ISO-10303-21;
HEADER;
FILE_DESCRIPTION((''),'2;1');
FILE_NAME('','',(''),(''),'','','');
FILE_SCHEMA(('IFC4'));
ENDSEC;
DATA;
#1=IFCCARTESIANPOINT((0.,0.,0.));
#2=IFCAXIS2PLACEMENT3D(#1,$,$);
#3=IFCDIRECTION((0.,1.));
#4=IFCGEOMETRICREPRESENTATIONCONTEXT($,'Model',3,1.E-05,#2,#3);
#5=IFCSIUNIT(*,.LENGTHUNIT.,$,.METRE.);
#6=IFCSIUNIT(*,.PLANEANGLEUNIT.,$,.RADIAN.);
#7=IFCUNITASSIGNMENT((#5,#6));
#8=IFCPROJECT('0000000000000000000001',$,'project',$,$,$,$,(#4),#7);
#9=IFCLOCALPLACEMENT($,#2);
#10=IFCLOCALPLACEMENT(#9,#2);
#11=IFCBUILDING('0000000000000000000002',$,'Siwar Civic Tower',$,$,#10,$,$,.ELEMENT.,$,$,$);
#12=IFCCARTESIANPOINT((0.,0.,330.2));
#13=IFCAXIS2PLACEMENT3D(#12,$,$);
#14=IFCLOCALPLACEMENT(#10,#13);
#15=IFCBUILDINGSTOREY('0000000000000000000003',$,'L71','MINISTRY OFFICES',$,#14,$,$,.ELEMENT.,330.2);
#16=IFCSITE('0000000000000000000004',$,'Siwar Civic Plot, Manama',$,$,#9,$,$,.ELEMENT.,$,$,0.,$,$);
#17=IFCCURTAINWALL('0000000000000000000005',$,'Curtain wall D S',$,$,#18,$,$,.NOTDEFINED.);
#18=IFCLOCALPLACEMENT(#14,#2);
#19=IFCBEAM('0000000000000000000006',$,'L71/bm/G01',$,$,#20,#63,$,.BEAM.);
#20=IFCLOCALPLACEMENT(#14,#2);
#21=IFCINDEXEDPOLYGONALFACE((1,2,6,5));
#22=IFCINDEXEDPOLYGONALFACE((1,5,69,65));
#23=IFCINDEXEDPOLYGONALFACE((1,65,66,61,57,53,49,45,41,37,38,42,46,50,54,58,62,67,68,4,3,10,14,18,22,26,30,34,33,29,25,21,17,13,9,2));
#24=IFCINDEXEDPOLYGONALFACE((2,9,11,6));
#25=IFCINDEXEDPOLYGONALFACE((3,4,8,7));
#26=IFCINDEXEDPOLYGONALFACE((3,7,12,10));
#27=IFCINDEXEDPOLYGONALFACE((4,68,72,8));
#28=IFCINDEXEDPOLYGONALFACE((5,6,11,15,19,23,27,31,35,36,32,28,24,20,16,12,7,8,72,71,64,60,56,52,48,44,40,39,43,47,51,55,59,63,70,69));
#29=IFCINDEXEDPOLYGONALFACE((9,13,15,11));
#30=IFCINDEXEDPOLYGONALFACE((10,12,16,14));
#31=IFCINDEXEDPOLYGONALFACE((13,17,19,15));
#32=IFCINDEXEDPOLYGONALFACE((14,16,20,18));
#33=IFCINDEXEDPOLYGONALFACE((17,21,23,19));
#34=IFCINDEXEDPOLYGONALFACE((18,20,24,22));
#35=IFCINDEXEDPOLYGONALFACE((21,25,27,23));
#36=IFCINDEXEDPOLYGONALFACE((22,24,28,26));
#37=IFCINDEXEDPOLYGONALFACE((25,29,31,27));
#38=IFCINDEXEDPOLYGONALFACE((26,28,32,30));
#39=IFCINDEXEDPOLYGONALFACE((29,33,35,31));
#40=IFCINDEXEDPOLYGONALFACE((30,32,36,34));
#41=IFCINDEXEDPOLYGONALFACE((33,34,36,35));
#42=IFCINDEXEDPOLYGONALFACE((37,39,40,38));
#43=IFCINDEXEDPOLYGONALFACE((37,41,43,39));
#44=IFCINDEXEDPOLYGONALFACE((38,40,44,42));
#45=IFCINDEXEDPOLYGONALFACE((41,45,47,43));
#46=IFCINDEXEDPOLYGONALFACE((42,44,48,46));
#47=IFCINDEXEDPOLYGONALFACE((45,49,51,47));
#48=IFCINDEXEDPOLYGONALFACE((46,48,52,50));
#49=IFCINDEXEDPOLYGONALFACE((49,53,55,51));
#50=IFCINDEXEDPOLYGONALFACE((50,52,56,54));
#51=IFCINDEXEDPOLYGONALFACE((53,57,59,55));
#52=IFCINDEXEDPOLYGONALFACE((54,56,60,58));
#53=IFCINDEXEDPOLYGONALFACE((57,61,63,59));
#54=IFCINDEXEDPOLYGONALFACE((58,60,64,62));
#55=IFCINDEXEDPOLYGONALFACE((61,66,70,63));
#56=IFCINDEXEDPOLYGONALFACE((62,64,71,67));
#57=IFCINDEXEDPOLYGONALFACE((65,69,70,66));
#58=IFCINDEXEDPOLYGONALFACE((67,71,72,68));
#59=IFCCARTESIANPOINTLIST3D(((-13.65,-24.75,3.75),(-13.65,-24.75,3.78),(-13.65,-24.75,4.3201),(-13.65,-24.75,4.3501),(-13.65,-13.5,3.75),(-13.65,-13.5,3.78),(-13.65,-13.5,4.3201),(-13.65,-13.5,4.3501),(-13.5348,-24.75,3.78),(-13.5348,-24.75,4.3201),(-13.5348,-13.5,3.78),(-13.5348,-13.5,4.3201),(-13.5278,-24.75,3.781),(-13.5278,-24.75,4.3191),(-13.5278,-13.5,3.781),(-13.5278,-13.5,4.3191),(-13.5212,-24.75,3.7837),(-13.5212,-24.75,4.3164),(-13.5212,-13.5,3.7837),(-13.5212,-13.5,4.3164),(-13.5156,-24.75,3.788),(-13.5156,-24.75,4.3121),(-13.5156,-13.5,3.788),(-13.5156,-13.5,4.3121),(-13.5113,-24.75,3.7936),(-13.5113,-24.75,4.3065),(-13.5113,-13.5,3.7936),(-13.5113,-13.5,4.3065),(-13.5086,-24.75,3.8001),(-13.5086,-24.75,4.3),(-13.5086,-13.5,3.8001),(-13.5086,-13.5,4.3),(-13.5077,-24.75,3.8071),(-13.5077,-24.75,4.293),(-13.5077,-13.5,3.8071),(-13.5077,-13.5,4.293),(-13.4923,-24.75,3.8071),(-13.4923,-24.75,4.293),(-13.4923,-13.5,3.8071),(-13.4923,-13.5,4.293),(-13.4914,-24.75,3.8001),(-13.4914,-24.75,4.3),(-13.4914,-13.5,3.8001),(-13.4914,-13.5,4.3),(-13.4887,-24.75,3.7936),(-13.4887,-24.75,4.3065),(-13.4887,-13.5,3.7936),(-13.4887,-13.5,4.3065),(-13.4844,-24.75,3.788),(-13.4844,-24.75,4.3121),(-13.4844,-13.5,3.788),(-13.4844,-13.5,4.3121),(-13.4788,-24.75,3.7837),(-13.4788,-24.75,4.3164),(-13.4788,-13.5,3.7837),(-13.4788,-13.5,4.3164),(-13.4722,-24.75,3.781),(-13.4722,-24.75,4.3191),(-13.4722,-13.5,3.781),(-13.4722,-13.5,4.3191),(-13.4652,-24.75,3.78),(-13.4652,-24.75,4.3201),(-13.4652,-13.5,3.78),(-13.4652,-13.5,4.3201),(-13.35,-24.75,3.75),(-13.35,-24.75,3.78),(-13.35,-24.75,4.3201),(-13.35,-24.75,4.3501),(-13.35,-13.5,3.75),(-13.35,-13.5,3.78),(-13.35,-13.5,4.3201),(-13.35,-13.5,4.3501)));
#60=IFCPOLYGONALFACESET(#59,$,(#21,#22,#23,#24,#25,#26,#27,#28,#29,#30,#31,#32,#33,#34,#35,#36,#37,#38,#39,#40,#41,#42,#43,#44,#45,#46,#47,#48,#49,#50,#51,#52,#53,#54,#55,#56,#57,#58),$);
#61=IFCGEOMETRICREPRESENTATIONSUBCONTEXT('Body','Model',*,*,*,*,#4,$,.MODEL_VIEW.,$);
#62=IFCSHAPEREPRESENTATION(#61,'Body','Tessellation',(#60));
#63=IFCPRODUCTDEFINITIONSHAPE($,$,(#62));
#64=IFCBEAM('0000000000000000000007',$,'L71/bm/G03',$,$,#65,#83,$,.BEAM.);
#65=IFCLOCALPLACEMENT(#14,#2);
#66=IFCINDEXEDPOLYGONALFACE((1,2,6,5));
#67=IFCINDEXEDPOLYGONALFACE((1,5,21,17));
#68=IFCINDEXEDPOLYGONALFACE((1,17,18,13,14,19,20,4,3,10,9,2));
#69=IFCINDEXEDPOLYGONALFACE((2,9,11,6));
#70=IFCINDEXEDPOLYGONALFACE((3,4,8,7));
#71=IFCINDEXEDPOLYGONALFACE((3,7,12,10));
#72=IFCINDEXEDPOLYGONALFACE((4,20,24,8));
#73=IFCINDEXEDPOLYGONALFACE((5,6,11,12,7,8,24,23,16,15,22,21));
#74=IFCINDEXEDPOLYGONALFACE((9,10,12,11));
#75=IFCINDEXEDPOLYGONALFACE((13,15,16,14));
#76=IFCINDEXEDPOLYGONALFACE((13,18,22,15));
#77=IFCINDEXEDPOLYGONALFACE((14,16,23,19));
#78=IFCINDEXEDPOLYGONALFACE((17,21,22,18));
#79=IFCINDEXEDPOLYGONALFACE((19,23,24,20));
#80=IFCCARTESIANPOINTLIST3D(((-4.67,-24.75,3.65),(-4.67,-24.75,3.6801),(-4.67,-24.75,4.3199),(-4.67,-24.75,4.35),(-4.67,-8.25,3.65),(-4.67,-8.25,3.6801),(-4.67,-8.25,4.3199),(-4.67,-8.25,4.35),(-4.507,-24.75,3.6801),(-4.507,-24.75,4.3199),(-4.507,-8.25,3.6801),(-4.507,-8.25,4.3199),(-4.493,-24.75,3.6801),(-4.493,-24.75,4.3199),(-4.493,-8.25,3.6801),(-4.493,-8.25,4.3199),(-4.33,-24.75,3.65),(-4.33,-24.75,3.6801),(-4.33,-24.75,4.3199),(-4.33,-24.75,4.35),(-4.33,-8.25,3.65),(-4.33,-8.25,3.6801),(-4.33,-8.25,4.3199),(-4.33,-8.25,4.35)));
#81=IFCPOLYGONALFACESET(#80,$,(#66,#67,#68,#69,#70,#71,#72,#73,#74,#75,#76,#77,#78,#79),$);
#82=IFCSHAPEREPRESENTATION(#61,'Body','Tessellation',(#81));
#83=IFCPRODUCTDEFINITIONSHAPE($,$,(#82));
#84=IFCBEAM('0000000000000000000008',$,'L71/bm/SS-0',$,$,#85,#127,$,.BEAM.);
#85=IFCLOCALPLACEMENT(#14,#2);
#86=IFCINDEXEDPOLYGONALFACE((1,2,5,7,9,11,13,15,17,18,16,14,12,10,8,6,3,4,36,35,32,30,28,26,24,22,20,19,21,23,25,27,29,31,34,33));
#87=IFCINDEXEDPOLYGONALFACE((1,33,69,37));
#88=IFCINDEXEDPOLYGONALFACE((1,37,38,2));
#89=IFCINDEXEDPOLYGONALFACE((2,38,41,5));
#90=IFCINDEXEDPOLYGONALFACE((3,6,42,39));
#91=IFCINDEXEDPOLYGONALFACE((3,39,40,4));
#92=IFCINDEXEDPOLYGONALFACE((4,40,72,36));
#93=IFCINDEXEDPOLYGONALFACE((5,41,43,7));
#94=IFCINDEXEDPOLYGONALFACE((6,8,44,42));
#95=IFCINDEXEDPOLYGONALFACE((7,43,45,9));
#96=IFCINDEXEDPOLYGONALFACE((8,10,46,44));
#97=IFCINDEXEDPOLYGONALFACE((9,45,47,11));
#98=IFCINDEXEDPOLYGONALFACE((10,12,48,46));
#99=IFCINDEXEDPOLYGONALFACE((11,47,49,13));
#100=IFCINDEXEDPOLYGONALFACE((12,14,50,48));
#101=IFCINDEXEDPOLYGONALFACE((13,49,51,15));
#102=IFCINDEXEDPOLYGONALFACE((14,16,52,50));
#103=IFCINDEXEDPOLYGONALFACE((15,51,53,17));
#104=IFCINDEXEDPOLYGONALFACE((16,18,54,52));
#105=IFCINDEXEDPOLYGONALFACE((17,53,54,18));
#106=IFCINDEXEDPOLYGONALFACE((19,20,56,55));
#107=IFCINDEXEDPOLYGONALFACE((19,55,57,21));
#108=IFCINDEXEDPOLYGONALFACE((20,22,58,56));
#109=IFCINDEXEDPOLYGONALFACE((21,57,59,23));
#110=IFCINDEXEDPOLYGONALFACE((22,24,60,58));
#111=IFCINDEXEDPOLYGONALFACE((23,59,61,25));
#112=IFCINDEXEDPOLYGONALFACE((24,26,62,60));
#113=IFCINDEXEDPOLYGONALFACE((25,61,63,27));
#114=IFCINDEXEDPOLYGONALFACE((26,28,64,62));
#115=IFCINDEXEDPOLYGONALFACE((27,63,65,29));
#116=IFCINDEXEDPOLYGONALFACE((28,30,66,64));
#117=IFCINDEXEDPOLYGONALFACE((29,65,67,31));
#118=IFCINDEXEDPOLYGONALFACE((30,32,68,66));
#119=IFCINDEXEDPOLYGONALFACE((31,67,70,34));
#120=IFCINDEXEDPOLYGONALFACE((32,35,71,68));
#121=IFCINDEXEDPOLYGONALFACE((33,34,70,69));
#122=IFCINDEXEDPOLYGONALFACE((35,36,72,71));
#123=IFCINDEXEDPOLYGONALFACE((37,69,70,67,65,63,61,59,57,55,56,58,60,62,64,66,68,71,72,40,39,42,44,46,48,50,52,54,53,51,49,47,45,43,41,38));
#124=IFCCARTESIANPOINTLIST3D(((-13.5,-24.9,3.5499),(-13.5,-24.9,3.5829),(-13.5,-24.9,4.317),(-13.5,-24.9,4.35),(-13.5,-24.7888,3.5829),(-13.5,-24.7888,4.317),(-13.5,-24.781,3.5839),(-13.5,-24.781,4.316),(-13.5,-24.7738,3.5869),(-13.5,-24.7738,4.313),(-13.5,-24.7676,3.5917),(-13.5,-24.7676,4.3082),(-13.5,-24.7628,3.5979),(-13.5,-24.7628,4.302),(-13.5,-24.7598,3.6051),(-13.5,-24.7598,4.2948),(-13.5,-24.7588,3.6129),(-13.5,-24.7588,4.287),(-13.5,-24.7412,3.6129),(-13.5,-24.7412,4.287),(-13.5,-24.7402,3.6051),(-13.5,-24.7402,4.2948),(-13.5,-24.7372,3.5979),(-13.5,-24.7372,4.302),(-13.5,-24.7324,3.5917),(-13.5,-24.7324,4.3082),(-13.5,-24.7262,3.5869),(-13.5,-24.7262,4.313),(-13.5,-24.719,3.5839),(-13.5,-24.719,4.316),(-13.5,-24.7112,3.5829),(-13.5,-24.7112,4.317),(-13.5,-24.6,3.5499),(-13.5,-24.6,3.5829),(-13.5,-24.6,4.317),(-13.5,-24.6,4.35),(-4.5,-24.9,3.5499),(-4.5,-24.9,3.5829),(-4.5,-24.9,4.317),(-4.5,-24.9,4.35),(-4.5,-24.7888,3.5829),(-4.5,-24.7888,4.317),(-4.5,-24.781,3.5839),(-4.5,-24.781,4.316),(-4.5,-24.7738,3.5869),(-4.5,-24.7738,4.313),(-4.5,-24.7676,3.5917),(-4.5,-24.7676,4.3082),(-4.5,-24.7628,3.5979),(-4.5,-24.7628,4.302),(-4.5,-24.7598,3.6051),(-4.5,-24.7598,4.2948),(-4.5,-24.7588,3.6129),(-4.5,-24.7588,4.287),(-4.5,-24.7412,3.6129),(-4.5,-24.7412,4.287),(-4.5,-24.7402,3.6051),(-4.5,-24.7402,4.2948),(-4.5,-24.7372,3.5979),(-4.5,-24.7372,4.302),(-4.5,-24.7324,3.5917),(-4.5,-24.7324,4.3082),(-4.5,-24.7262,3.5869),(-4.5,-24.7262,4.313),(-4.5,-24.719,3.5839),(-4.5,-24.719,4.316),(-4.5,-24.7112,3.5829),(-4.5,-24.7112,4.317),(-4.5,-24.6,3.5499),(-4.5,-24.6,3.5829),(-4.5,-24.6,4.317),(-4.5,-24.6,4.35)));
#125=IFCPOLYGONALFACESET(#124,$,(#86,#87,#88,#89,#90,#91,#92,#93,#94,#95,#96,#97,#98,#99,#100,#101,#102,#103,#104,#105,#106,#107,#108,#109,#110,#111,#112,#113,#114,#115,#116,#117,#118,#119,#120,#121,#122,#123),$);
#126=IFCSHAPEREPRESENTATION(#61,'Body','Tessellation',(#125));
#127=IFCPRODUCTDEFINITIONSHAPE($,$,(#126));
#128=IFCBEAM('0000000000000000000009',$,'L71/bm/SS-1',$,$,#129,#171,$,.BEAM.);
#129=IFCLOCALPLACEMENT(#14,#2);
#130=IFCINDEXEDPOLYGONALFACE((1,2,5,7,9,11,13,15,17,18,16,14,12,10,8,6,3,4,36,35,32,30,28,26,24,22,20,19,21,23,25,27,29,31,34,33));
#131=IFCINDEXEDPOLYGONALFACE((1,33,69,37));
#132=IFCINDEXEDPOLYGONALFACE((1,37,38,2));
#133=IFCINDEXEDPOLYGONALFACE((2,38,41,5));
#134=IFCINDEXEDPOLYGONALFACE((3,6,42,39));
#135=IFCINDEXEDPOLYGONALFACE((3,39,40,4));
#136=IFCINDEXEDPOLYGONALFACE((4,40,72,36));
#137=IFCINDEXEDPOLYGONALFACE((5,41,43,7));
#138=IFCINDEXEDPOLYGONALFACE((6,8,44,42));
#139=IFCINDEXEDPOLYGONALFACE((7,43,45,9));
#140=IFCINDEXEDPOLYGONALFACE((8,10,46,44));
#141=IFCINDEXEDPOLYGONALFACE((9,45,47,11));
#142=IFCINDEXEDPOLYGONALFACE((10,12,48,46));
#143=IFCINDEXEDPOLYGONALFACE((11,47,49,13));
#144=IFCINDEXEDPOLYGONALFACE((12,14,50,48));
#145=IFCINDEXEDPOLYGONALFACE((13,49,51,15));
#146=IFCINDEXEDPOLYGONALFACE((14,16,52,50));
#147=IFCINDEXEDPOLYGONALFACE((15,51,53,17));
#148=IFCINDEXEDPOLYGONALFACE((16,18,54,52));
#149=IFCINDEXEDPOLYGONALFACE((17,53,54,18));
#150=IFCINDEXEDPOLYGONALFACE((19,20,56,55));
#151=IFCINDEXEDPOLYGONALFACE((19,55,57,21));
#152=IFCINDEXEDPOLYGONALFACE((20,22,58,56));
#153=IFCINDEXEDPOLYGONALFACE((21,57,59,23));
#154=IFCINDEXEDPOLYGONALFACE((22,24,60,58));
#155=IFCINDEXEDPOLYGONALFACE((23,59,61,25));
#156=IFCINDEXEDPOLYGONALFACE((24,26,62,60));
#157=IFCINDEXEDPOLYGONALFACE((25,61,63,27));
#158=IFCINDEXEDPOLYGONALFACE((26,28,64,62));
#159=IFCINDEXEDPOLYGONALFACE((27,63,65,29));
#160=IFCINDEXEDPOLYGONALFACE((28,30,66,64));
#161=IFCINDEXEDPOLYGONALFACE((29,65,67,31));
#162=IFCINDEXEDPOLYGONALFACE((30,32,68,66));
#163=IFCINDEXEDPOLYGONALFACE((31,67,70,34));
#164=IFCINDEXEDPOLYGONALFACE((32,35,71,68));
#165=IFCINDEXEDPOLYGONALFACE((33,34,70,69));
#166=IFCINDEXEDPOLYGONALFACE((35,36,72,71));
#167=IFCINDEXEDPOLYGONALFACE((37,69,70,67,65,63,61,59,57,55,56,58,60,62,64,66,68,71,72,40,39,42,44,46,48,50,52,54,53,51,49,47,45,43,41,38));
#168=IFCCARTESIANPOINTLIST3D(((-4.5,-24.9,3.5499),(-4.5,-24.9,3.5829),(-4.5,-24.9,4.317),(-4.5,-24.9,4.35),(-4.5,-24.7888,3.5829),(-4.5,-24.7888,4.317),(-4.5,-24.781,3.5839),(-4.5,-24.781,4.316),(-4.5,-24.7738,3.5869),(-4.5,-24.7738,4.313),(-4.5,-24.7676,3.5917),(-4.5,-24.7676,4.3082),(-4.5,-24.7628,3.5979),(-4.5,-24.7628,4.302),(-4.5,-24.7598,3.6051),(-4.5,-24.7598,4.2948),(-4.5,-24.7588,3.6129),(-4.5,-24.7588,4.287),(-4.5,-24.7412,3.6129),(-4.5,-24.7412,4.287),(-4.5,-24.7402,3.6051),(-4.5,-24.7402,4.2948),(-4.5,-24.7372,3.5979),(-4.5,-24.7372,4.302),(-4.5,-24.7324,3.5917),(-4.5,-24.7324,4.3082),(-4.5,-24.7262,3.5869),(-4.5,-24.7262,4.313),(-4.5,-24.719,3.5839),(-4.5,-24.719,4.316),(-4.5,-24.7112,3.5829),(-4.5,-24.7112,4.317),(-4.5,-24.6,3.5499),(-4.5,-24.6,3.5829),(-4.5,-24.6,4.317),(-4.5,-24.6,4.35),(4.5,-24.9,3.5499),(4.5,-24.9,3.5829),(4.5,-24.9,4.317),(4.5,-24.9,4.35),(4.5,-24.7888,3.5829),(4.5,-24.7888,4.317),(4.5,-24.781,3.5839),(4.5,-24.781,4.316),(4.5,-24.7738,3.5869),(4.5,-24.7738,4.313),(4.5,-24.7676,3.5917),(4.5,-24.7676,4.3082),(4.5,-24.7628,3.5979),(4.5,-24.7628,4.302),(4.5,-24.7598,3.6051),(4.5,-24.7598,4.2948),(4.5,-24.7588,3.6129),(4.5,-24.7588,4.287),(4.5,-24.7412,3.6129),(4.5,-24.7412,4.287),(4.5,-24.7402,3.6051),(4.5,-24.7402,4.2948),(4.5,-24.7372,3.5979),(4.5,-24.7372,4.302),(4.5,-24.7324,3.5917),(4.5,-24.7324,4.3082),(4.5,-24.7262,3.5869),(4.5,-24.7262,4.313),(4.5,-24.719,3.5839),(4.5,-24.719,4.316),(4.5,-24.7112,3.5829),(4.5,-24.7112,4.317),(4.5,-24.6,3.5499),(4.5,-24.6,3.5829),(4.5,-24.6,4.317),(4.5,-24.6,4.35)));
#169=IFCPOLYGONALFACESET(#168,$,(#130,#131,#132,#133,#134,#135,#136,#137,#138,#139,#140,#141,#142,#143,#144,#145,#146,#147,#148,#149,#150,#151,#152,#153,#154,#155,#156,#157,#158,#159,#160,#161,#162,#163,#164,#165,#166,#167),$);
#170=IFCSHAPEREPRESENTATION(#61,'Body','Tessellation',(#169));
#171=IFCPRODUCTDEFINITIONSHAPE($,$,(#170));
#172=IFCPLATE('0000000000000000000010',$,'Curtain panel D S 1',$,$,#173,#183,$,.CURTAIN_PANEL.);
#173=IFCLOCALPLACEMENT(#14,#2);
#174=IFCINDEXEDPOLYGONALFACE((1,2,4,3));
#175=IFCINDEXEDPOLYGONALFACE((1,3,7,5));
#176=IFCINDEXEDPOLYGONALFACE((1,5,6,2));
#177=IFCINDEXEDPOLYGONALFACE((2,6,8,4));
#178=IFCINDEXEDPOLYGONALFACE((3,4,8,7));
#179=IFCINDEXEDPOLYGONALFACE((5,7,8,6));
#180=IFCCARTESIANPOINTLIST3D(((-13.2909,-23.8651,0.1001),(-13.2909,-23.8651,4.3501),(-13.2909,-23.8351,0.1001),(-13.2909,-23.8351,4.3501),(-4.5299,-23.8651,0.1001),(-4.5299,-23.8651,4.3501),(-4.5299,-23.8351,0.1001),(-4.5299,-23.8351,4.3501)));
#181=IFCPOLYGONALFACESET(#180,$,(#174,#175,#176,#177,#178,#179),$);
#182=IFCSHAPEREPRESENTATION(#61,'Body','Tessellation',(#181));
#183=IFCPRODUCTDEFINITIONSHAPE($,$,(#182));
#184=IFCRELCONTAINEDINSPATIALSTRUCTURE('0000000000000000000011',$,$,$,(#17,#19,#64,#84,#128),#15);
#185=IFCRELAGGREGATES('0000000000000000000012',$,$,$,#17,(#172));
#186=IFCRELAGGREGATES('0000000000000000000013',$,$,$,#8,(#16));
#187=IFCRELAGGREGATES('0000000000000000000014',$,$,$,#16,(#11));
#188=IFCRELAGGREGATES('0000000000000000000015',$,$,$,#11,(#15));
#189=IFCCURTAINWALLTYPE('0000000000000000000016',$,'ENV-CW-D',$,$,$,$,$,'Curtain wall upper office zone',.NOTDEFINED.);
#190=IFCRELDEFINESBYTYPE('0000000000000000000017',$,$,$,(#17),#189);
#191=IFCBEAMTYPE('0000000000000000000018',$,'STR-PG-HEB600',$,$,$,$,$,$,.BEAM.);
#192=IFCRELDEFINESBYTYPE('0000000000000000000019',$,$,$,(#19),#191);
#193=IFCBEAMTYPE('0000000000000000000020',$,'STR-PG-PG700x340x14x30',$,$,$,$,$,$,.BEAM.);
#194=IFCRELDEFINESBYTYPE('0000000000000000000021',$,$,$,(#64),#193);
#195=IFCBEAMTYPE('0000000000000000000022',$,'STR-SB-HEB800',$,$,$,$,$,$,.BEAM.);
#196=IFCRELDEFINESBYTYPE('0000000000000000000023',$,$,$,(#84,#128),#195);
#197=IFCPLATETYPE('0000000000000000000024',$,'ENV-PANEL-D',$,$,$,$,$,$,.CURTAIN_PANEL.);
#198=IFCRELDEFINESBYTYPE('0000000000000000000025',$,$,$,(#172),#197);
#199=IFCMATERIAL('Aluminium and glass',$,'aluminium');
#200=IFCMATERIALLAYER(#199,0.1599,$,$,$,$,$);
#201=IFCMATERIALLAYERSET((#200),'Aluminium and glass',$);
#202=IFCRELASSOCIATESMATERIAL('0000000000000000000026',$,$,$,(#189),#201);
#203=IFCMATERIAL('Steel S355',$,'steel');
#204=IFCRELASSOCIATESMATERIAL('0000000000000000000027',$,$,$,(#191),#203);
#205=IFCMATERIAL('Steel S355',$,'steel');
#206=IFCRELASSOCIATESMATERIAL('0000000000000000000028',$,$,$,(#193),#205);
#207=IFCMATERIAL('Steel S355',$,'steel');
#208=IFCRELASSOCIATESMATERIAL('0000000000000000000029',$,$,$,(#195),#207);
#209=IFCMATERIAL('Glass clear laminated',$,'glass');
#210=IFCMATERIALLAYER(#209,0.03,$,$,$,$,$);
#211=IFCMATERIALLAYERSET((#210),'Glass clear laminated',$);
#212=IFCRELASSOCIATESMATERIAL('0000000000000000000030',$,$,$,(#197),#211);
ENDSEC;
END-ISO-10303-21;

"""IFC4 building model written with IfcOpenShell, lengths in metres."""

from ifc_helpers import new_model, si_unit, direction, frame, origin, origin_2d, place, context, subcontext, project, spatial, rectangle, i_section, extrude, material, layer, layer_set, material_profile, profile_set, type_object, element, aggregate, save


model = new_model("IFC4")

# Units and contexts
model_context = context("Model", 3, precision=1e-05, world=origin(), true_north=direction((0.0, 1.0)))
body_context = subcontext(model_context, "Body", "Model", "MODEL_VIEW")
ifc_project = project(units=[si_unit("LENGTHUNIT", "METRE"), si_unit("PLANEANGLEUNIT", "RADIAN")], contexts=[model_context])

# Site, building, storey
site_placement = place(None, origin())
site = spatial("IfcSite", under=ifc_project, at=site_placement, Name="Siwar Civic Plot, Manama", CompositionType="ELEMENT", RefElevation=0.0)
building_placement = place(site_placement, origin())
building = spatial("IfcBuilding", under=site, at=building_placement, Name="Siwar Civic Tower", CompositionType="ELEMENT")
storey_placement = place(building_placement, frame((0.0, 0.0, 330.2)))
storey = spatial("IfcBuildingStorey", under=building, at=storey_placement, Name="L71", Description="MINISTRY OFFICES", CompositionType="ELEMENT", Elevation=330.2)

# Curtain wall
ifc_material_1 = material(Name="Aluminium and glass", Category="aluminium")
ifc_layer_1 = layer(ifc_material_1, 0.1599)
ifc_layer_set_1 = layer_set([ifc_layer_1], Name="Aluminium and glass")
curtain_wall_type = type_object("IfcCurtainWallType", Name="ENV-CW-D", ElementType="Curtain wall upper office zone", PredefinedType="NOTDEFINED", material=ifc_layer_set_1)
curtain_wall_placement = place(storey_placement, origin())
curtain_wall = element("IfcCurtainWall", 1, at=curtain_wall_placement, inside=storey, type_object=curtain_wall_type, Name="Curtain wall D S", PredefinedType="NOTDEFINED")

# Beams
ifc_material_2 = material(Name="Steel S355", Category="steel")
ifc_material_profile_1 = material_profile(ifc_material_2, i_section(OverallWidth=0.3, OverallDepth=0.6001, WebThickness=0.0154, FlangeThickness=0.03, FilletRadius=0.0271, at=origin_2d()), Name="HEB600")
ifc_profile_set_1 = profile_set([ifc_material_profile_1], Name="Steel S355")
beam_type_1 = type_object("IfcBeamType", Name="STR-PG-HEB600", PredefinedType="BEAM", material=ifc_profile_set_1)
beam_1_placement = place(storey_placement, frame((-13.5, -24.75, 4.05), z_axis=(0.0, 1.0, 0.0), x_axis=(-1.0, 0.0, 0.0)))
element("IfcBeam", 2, at=beam_1_placement, inside=storey, type_object=beam_type_1, Name="L71/bm/G01", PredefinedType="BEAM", context=body_context, shape_type="SweptSolid", body=[
    extrude(i_section(OverallWidth=0.3, OverallDepth=0.6001, WebThickness=0.0154, FlangeThickness=0.03, FilletRadius=0.0271, at=origin_2d()), origin(), (0.0, 0.0, 1.0), 11.25),
])
ifc_material_3 = material(Name="Steel S355", Category="steel")
ifc_material_profile_2 = material_profile(ifc_material_3, i_section(OverallWidth=0.3401, OverallDepth=0.7, WebThickness=0.0139, FlangeThickness=0.03, at=origin_2d()), Name="PG700x340x14x30")
ifc_profile_set_2 = profile_set([ifc_material_profile_2], Name="Steel S355")
beam_type_2 = type_object("IfcBeamType", Name="STR-PG-PG700x340x14x30", PredefinedType="BEAM", material=ifc_profile_set_2)
beam_2_placement = place(storey_placement, frame((-4.5, -24.75, 4.0), z_axis=(0.0, 1.0, 0.0), x_axis=(-1.0, 0.0, 0.0)))
element("IfcBeam", 3, at=beam_2_placement, inside=storey, type_object=beam_type_2, Name="L71/bm/G03", PredefinedType="BEAM", context=body_context, shape_type="SweptSolid", body=[
    extrude(i_section(OverallWidth=0.3401, OverallDepth=0.7, WebThickness=0.0139, FlangeThickness=0.03, at=origin_2d()), origin(), (0.0, 0.0, 1.0), 16.5),
])
ifc_material_4 = material(Name="Steel S355", Category="steel")
ifc_material_profile_3 = material_profile(ifc_material_4, i_section(OverallWidth=0.3, OverallDepth=0.8, WebThickness=0.0176, FlangeThickness=0.033, FilletRadius=0.03, at=origin_2d()), Name="HEB800")
ifc_profile_set_3 = profile_set([ifc_material_profile_3], Name="Steel S355")
beam_type_3 = type_object("IfcBeamType", Name="STR-SB-HEB800", PredefinedType="BEAM", material=ifc_profile_set_3)
for number, where, z_axis, x_axis, name in (
    (4, (-13.5, -24.75, 3.95), (1.0, 0.0, 0.0), (0.0, 1.0, 0.0), "L71/bm/SS-0"),
    (5, (-4.5, -24.75, 3.95), (1.0, 0.0, 0.0), (0.0, 1.0, 0.0), "L71/bm/SS-1"),
):
    element("IfcBeam", number, at=place(storey_placement, frame(where, z_axis=z_axis, x_axis=x_axis)), inside=storey, type_object=beam_type_3, Name=name, PredefinedType="BEAM", context=body_context, shape_type="SweptSolid", body=[
        extrude(i_section(OverallWidth=0.3, OverallDepth=0.8, WebThickness=0.0176, FlangeThickness=0.033, FilletRadius=0.03, at=origin_2d()), origin(), (0.0, 0.0, 1.0), 9.0),
    ])

# Plate
ifc_material_5 = material(Name="Glass clear laminated", Category="glass")
ifc_layer_2 = layer(ifc_material_5, 0.03)
ifc_layer_set_2 = layer_set([ifc_layer_2], Name="Glass clear laminated")
plate_type = type_object("IfcPlateType", Name="ENV-PANEL-D", PredefinedType="CURTAIN_PANEL", material=ifc_layer_set_2)
plate_placement = place(storey_placement, frame((-8.9104, -23.8501, 0.1001), z_axis=(0.0, 0.0, 1.0), x_axis=(1.0, 0.0, 0.0)))
plate = element("IfcPlate", 6, at=plate_placement, type_object=plate_type, Name="Curtain panel D S 1", PredefinedType="CURTAIN_PANEL", context=body_context, shape_type="SweptSolid", body=[
    extrude(rectangle(XDim=8.761, YDim=0.03, at=origin_2d()), origin(), (0.0, 0.0, 1.0), 4.25),
])
aggregate(curtain_wall, [plate])

save(model, "model.ifc")
